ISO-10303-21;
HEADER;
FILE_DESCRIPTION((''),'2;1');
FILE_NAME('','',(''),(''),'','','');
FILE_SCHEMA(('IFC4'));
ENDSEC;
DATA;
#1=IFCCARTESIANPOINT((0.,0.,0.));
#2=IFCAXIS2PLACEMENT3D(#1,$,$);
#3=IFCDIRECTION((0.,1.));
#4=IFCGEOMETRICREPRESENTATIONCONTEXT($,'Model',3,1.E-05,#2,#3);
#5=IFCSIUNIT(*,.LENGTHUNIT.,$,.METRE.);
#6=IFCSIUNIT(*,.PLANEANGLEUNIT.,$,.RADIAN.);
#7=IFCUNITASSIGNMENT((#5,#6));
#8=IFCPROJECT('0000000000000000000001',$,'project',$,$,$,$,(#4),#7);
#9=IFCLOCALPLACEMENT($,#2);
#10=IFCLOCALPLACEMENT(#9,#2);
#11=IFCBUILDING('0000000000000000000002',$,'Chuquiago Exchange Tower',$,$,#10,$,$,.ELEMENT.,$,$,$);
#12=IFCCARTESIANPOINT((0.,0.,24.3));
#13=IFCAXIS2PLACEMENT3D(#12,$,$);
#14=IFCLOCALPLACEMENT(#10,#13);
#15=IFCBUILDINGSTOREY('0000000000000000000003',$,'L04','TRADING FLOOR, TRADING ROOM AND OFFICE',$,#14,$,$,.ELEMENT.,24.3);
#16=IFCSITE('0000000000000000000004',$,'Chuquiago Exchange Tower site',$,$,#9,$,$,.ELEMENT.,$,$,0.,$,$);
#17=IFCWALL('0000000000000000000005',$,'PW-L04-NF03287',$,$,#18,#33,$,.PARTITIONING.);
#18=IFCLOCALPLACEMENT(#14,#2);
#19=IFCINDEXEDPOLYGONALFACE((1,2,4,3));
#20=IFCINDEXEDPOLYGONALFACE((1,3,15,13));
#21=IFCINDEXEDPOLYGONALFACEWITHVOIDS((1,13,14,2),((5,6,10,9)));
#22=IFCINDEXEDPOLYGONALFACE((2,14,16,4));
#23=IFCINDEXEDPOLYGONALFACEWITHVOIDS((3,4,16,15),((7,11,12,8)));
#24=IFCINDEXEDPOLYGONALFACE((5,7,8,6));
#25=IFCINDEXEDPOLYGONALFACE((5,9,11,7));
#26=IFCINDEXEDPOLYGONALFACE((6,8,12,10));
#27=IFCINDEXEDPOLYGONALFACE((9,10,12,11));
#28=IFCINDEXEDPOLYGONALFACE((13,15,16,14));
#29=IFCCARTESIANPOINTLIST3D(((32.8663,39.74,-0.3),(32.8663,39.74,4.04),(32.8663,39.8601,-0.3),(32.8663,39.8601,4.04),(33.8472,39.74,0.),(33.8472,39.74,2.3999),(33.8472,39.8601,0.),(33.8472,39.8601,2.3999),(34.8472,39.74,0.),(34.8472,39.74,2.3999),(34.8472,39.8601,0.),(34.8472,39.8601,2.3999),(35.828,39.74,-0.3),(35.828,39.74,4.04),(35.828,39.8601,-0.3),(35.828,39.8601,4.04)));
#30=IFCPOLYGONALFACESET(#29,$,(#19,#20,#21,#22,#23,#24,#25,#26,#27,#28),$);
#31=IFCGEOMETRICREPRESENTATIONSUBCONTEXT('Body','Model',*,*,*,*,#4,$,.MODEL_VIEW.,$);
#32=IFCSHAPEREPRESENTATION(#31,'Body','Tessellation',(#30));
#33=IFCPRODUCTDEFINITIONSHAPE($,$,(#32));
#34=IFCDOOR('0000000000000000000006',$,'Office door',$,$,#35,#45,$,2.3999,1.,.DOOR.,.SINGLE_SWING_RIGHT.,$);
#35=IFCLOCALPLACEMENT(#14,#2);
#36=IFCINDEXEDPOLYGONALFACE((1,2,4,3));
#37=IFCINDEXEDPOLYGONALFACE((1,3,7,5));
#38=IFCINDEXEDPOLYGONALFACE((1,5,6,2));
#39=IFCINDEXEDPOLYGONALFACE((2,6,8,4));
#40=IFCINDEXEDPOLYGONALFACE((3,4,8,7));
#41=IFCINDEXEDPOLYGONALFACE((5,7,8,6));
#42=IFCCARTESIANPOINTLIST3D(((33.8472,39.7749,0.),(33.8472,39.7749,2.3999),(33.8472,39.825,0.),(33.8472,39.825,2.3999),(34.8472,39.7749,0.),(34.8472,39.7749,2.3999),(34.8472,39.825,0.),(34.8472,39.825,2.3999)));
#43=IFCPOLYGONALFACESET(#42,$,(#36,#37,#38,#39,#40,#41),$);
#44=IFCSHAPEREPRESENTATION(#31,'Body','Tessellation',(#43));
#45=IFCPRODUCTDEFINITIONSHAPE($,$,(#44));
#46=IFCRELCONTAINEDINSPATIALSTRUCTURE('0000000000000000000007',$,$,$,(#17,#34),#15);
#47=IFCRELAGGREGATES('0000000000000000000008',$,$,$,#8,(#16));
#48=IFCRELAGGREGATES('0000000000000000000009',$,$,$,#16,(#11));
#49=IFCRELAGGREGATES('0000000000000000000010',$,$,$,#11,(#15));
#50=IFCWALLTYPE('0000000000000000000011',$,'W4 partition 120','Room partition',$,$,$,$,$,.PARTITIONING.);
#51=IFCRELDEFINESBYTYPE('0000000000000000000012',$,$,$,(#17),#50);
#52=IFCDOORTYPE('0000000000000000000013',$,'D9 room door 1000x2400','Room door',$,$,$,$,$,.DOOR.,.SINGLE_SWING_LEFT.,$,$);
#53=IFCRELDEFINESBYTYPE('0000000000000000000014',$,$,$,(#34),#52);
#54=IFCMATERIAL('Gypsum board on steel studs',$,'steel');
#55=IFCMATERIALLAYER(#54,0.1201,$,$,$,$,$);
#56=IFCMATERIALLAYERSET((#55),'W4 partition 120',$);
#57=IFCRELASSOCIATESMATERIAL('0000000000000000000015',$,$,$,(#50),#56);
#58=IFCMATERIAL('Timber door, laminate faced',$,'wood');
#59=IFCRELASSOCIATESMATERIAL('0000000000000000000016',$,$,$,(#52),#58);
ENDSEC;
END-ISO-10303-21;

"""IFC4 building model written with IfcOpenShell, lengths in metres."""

from ifc_helpers import new_model, si_unit, direction, frame, frame_2d, origin, place, context, subcontext, project, spatial, rectangle, extrude, material, layer, layer_set, type_object, element, fill, save


model = new_model("IFC4")

# Units and contexts
model_context = context("Model", 3, precision=1e-05, world=origin(), true_north=direction((0.0, 1.0)))
body_context = subcontext(model_context, "Body", "Model", "MODEL_VIEW")
ifc_project = project(units=[si_unit("LENGTHUNIT", "METRE"), si_unit("PLANEANGLEUNIT", "RADIAN")], contexts=[model_context])

# Site, building, storey
site_placement = place(None, origin())
site = spatial("IfcSite", under=ifc_project, at=site_placement, Name="Chuquiago Exchange Tower site", CompositionType="ELEMENT", RefElevation=0.0)
building_placement = place(site_placement, origin())
building = spatial("IfcBuilding", under=site, at=building_placement, Name="Chuquiago Exchange Tower", CompositionType="ELEMENT")
storey_placement = place(building_placement, frame((0.0, 0.0, 24.3)))
storey = spatial("IfcBuildingStorey", under=building, at=storey_placement, Name="L04", Description="TRADING FLOOR, TRADING ROOM AND OFFICE", CompositionType="ELEMENT", Elevation=24.3)

# Shared definitions
ifc_material_1 = material(Name="Gypsum board on steel studs", Category="steel")
ifc_layer_1 = layer(ifc_material_1, 0.1201)
ifc_layer_set_1 = layer_set([ifc_layer_1], Name="W4 partition 120")
wall_type_1 = type_object("IfcWallType", Name="W4 partition 120", Description="Room partition", PredefinedType="PARTITIONING", material=ifc_layer_set_1)

# Wall, opening, door
wall_1_placement = place(storey_placement, frame((32.8662, 39.8, -0.3), z_axis=(0.0, 0.0, 1.0), x_axis=(1.0, 0.0, 0.0)))
wall_1 = element("IfcWall", 1, at=wall_1_placement, inside=storey, type_object=wall_type_1, Name="PW-L04-NF03287", PredefinedType="PARTITIONING", context=body_context, shape_type="SweptSolid", body=[
    extrude(rectangle(XDim=2.9617, YDim=0.1201, at=frame_2d((1.481, 0.0))), origin(), (0.0, 0.0, 1.0), 4.3401),
])
opening_1_placement = place(wall_1_placement, frame((0.981, 0.0, 0.3)))
opening_1 = element("IfcOpeningElement", 2, at=opening_1_placement, cuts=wall_1, PredefinedType="OPENING", context=body_context, shape_type="SweptSolid", body=[
    extrude(rectangle(XDim=1.0, YDim=2.3999, at=frame_2d((0.5, 1.2))), frame((0.0, 0.0701, 0.0), z_axis=(0.0, -1.0, 0.0), x_axis=(1.0, 0.0, 0.0)), (0.0, 0.0, 1.0), 0.1401),
])
ifc_material_2 = material(Name="Timber door, laminate faced", Category="wood")
door_type_1 = type_object("IfcDoorType", Name="D9 room door 1000x2400", Description="Room door", OperationType="SINGLE_SWING_LEFT", PredefinedType="DOOR", material=ifc_material_2)
door_1_placement = place(opening_1_placement, origin())
door_1 = element("IfcDoor", 3, at=door_1_placement, inside=storey, type_object=door_type_1, Name="Office door", OperationType="SINGLE_SWING_RIGHT", OverallHeight=2.3999, OverallWidth=1.0, PredefinedType="DOOR", context=body_context, shape_type="SweptSolid", body=[
    extrude(rectangle(XDim=1.0, YDim=2.3999, at=frame_2d((0.5, 1.2))), frame((0.0, 0.0249, 0.0), z_axis=(0.0, -1.0, 0.0), x_axis=(1.0, 0.0, 0.0)), (0.0, 0.0, 1.0), 0.05),
])
fill(opening_1, door_1)

save(model, "model.ifc")
